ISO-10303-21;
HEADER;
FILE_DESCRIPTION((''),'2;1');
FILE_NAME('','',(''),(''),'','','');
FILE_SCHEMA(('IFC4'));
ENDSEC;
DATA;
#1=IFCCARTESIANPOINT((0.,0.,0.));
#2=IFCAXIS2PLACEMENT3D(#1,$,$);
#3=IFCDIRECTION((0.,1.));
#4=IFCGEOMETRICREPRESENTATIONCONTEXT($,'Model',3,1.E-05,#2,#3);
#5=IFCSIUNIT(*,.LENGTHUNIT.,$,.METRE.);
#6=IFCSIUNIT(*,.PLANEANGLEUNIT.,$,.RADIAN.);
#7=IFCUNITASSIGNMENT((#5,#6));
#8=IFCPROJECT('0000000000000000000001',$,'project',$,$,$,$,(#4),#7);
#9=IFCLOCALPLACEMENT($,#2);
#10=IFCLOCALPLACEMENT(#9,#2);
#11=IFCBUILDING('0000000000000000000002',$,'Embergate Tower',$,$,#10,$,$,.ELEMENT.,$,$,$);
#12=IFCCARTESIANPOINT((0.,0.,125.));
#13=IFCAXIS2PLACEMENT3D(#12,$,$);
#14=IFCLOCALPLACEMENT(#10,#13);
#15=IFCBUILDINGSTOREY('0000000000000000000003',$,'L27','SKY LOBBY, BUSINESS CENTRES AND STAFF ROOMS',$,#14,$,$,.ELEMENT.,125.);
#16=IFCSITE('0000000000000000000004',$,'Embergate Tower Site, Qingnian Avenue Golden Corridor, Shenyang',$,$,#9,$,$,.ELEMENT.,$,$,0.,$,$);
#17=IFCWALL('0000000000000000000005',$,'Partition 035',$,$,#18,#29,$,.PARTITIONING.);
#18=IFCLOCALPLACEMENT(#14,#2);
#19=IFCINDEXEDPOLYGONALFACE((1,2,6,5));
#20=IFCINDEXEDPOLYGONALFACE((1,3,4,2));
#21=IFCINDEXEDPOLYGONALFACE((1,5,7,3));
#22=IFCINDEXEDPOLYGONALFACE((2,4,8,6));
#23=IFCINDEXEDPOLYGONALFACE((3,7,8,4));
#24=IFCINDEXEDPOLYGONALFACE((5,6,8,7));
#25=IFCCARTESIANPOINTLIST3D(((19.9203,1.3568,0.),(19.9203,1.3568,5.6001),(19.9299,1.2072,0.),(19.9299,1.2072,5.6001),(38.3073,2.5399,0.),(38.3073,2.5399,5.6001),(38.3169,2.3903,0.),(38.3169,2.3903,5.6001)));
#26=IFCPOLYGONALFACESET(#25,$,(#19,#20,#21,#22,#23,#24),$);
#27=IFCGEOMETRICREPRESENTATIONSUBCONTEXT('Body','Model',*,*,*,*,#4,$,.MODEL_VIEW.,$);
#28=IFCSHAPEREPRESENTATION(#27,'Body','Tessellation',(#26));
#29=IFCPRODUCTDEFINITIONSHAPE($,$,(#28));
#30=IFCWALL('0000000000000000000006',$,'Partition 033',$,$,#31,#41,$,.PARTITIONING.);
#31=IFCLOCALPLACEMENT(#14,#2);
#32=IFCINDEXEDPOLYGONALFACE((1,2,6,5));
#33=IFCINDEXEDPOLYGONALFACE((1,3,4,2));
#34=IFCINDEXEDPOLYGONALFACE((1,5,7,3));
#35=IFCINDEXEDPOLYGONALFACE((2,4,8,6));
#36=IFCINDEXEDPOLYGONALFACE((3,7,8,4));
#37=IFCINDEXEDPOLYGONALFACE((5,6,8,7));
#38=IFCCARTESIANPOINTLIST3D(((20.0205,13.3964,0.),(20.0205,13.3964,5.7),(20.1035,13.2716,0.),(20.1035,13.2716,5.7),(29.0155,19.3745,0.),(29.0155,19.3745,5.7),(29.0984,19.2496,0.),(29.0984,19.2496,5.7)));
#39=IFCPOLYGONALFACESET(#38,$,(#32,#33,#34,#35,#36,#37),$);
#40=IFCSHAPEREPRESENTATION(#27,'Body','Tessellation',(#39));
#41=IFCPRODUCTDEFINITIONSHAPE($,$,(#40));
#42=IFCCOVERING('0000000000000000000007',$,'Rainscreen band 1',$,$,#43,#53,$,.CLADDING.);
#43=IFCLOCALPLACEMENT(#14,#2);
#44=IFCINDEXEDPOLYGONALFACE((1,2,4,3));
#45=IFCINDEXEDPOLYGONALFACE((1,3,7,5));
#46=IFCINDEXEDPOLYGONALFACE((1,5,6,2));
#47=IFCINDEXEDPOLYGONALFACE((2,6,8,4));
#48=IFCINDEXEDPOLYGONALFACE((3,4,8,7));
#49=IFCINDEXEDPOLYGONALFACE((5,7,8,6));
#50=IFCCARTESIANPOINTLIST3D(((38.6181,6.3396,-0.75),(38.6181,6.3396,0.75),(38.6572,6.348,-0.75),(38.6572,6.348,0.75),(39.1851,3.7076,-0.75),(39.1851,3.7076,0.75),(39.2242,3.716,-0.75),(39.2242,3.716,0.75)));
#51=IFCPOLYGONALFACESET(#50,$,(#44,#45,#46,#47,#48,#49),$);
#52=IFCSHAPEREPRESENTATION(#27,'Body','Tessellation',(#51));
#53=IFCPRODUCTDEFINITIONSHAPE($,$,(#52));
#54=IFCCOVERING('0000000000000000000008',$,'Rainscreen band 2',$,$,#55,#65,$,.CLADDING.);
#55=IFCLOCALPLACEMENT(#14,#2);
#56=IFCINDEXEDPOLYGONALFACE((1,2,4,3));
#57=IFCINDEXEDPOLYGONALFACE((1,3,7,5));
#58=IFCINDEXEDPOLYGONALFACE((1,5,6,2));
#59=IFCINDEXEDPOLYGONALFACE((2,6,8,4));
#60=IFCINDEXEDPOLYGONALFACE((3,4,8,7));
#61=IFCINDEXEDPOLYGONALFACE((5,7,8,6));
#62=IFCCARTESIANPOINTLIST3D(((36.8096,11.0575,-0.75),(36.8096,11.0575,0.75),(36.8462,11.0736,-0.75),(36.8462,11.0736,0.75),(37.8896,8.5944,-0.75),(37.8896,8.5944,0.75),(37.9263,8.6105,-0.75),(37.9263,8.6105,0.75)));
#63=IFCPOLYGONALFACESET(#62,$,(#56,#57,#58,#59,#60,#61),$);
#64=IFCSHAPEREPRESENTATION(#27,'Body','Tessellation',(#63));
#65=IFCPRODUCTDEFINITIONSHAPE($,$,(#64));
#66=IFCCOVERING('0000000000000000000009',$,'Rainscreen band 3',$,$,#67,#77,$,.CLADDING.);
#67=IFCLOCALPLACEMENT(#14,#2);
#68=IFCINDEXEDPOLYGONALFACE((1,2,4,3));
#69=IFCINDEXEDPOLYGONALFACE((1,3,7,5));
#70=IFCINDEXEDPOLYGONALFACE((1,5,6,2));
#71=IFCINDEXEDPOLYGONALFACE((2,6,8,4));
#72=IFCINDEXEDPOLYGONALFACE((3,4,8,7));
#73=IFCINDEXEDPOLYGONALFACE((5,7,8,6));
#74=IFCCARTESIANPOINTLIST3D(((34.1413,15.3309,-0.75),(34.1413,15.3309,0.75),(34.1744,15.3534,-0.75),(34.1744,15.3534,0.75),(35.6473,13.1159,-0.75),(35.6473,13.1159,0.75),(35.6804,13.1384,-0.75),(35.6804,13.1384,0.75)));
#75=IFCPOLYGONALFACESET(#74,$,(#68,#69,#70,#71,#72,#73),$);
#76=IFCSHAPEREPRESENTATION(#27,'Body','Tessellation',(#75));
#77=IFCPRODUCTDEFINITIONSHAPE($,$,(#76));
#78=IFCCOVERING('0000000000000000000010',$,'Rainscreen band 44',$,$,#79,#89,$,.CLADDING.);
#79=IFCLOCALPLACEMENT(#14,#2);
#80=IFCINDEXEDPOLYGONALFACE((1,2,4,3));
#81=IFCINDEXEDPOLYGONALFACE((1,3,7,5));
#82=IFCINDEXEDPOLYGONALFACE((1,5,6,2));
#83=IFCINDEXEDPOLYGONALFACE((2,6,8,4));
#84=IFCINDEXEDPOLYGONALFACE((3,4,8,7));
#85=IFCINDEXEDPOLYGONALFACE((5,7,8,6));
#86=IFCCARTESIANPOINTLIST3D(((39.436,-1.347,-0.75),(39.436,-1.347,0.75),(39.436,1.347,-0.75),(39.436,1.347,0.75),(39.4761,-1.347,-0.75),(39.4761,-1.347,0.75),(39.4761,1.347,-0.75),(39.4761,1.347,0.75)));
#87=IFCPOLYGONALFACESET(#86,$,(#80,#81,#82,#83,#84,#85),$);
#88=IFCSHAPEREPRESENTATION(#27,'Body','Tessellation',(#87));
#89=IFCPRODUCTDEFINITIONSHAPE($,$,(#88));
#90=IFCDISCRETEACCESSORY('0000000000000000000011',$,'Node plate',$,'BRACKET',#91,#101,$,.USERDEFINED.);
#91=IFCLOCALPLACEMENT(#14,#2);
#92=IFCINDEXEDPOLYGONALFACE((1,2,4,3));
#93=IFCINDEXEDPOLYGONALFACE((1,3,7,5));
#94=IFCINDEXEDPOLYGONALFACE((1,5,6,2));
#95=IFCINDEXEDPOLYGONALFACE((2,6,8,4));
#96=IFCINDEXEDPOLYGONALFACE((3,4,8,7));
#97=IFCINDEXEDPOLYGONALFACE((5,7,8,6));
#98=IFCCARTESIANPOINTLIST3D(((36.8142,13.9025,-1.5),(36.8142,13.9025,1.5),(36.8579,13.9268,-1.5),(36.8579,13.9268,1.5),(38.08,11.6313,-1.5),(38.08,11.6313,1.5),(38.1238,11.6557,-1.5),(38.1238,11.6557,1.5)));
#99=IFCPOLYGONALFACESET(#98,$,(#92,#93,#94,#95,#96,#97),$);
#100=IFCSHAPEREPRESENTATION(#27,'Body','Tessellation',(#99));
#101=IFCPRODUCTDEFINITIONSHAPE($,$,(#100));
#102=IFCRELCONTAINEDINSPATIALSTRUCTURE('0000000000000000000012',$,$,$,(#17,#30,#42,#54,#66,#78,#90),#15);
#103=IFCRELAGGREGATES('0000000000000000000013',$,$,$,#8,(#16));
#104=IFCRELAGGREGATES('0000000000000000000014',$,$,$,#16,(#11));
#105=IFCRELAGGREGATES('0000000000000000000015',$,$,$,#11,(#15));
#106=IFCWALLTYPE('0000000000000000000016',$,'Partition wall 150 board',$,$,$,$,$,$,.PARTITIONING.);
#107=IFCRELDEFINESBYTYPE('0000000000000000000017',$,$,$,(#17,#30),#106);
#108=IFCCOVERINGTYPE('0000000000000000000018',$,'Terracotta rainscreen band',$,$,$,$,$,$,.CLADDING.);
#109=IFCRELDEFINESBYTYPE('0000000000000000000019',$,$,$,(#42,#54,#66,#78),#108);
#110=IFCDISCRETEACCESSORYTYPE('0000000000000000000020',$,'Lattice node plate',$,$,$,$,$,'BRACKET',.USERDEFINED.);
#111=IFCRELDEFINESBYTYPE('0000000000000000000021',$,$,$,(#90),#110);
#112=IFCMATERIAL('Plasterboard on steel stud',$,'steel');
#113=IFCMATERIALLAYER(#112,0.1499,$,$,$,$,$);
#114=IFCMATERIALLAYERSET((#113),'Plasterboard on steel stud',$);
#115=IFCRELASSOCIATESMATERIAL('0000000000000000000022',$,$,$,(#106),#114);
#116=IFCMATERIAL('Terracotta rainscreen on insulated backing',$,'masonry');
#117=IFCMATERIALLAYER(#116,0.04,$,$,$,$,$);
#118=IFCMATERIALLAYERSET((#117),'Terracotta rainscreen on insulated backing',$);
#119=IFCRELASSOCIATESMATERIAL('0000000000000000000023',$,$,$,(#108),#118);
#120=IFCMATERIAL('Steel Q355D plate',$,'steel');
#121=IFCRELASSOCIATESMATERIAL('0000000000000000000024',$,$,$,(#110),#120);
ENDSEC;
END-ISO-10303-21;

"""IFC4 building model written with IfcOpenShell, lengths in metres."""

from ifc_helpers import new_model, si_unit, direction, frame, frame_2d, origin, origin_2d, place, context, subcontext, project, spatial, rectangle, extrude, source, transform, mapped, material, layer, layer_set, type_object, element, save


model = new_model("IFC4")

# Units and contexts
model_context = context("Model", 3, precision=1e-05, world=origin(), true_north=direction((0.0, 1.0)))
body_context = subcontext(model_context, "Body", "Model", "MODEL_VIEW")
ifc_project = project(units=[si_unit("LENGTHUNIT", "METRE"), si_unit("PLANEANGLEUNIT", "RADIAN")], contexts=[model_context])

# Site, building, storey
site_placement = place(None, origin())
site = spatial("IfcSite", under=ifc_project, at=site_placement, Name="Embergate Tower Site, Qingnian Avenue Golden Corridor, Shenyang", CompositionType="ELEMENT", RefElevation=0.0)
building_placement = place(site_placement, origin())
building = spatial("IfcBuilding", under=site, at=building_placement, Name="Embergate Tower", CompositionType="ELEMENT")
storey_placement = place(building_placement, frame((0.0, 0.0, 125.0)))
storey = spatial("IfcBuildingStorey", under=building, at=storey_placement, Name="L27", Description="SKY LOBBY, BUSINESS CENTRES AND STAFF ROOMS", CompositionType="ELEMENT", Elevation=125.0)

# Walls
ifc_material_1 = material(Name="Plasterboard on steel stud", Category="steel")
ifc_layer_1 = layer(ifc_material_1, 0.1499)
ifc_layer_set_1 = layer_set([ifc_layer_1], Name="Plasterboard on steel stud")
wall_type = type_object("IfcWallType", Name="Partition wall 150 board", PredefinedType="PARTITIONING", material=ifc_layer_set_1)
shared_shape_1 = source(origin(), body_context, "Body", "SweptSolid", [
    extrude(rectangle(XDim=18.425, YDim=0.1499, at=frame_2d((9.2124, 0.0))), origin(), (0.0, 0.0, 1.0), 5.6001),
])
wall_1_placement = place(storey_placement, frame((38.312, 2.4651, 0.0), z_axis=(0.0, 0.0, 1.0), x_axis=(-0.997936, -0.064212, 0.0)))
element("IfcWall", 1, at=wall_1_placement, inside=storey, type_object=wall_type, Name="Partition 035", PredefinedType="PARTITIONING", context=body_context, shape_type="MappedRepresentation", body=[
    mapped(shared_shape_1, transform((0.0, 0.0, 0.0))),
])
shared_shape_2 = source(origin(), body_context, "Body", "SweptSolid", [
    extrude(rectangle(XDim=10.8003, YDim=0.1499, at=frame_2d((5.4001, 0.0))), origin(), (0.0, 0.0, 1.0), 5.7),
])
wall_2_placement = place(storey_placement, frame((20.062, 13.334, 0.0), z_axis=(0.0, 0.0, 1.0), x_axis=(0.832842, 0.55351, 0.0)))
element("IfcWall", 2, at=wall_2_placement, inside=storey, type_object=wall_type, Name="Partition 033", PredefinedType="PARTITIONING", context=body_context, shape_type="MappedRepresentation", body=[
    mapped(shared_shape_2, transform((0.0, 0.0, 0.0))),
])

# Coverings
ifc_material_2 = material(Name="Terracotta rainscreen on insulated backing", Category="masonry")
ifc_layer_2 = layer(ifc_material_2, 0.04)
ifc_layer_set_2 = layer_set([ifc_layer_2], Name="Terracotta rainscreen on insulated backing")
covering_type = type_object("IfcCoveringType", Name="Terracotta rainscreen band", PredefinedType="CLADDING", material=ifc_layer_set_2)
shared_shape_3 = source(origin(), body_context, "Body", "SweptSolid", [
    extrude(rectangle(XDim=2.6924, YDim=0.04, at=origin_2d()), origin(), (0.0, 0.0, 1.0), 1.5),
])
covering_1_placement = place(storey_placement, frame((38.9211, 5.0278, -0.75), z_axis=(0.0, 0.0, 1.0), x_axis=(-0.210595, 0.977573, 0.0)))
element("IfcCovering", 3, at=covering_1_placement, inside=storey, type_object=covering_type, Name="Rainscreen band 1", PredefinedType="CLADDING", context=body_context, shape_type="MappedRepresentation", body=[
    mapped(shared_shape_3, transform((0.0, 0.0, 0.0))),
])
shared_shape_4 = source(origin(), body_context, "Body", "SweptSolid", [
    extrude(rectangle(XDim=2.6895, YDim=0.04, at=origin_2d()), origin(), (0.0, 0.0, 1.0), 1.5),
])
covering_2_placement = place(storey_placement, frame((37.3679, 9.834, -0.75), z_axis=(0.0, 0.0, 1.0), x_axis=(-0.40158, 0.915824, 0.0)))
element("IfcCovering", 4, at=covering_2_placement, inside=storey, type_object=covering_type, Name="Rainscreen band 2", PredefinedType="CLADDING", context=body_context, shape_type="MappedRepresentation", body=[
    mapped(shared_shape_4, transform((0.0, 0.0, 0.0))),
])
shared_shape_5 = source(origin(), body_context, "Body", "SweptSolid", [
    extrude(rectangle(XDim=2.6785, YDim=0.04, at=origin_2d()), origin(), (0.0, 0.0, 1.0), 1.5),
])
covering_3_placement = place(storey_placement, frame((34.9109, 14.2346, -0.75), z_axis=(0.0, 0.0, 1.0), x_axis=(-0.562259, 0.826961, 0.0)))
element("IfcCovering", 5, at=covering_3_placement, inside=storey, type_object=covering_type, Name="Rainscreen band 3", PredefinedType="CLADDING", context=body_context, shape_type="MappedRepresentation", body=[
    mapped(shared_shape_5, transform((0.0, 0.0, 0.0))),
])
shared_shape_6 = source(origin(), body_context, "Body", "SweptSolid", [
    extrude(rectangle(XDim=2.6941, YDim=0.04, at=origin_2d()), origin(), (0.0, 0.0, 1.0), 1.5),
])
covering_4_placement = place(storey_placement, frame((39.4561, 0.0, -0.75), z_axis=(0.0, 0.0, 1.0), x_axis=(0.0, 1.0, 0.0)))
element("IfcCovering", 6, at=covering_4_placement, inside=storey, type_object=covering_type, Name="Rainscreen band 44", PredefinedType="CLADDING", context=body_context, shape_type="MappedRepresentation", body=[
    mapped(shared_shape_6, transform((0.0, 0.0, 0.0))),
])

# Discrete accessory
ifc_material_3 = material(Name="Steel Q355D plate", Category="steel")
discrete_accessory_type = type_object("IfcDiscreteAccessoryType", Name="Lattice node plate", ElementType="BRACKET", PredefinedType="USERDEFINED", material=ifc_material_3)
shared_shape_7 = source(origin(), body_context, "Body", "SweptSolid", [
    extrude(rectangle(XDim=2.6001, YDim=0.05, at=origin_2d()), origin(), (0.0, 0.0, 1.0), 3.0),
])
discrete_accessory_placement = place(storey_placement, frame((37.469, 12.7791, -1.5), z_axis=(0.0, 0.0, 1.0), x_axis=(-0.486839, 0.873492, 0.0)))
element("IfcDiscreteAccessory", 7, at=discrete_accessory_placement, inside=storey, type_object=discrete_accessory_type, Name="Node plate", ObjectType="BRACKET", PredefinedType="USERDEFINED", context=body_context, shape_type="MappedRepresentation", body=[
    mapped(shared_shape_7, transform((0.0, 0.0, 0.0))),
])

save(model, "model.ifc")
